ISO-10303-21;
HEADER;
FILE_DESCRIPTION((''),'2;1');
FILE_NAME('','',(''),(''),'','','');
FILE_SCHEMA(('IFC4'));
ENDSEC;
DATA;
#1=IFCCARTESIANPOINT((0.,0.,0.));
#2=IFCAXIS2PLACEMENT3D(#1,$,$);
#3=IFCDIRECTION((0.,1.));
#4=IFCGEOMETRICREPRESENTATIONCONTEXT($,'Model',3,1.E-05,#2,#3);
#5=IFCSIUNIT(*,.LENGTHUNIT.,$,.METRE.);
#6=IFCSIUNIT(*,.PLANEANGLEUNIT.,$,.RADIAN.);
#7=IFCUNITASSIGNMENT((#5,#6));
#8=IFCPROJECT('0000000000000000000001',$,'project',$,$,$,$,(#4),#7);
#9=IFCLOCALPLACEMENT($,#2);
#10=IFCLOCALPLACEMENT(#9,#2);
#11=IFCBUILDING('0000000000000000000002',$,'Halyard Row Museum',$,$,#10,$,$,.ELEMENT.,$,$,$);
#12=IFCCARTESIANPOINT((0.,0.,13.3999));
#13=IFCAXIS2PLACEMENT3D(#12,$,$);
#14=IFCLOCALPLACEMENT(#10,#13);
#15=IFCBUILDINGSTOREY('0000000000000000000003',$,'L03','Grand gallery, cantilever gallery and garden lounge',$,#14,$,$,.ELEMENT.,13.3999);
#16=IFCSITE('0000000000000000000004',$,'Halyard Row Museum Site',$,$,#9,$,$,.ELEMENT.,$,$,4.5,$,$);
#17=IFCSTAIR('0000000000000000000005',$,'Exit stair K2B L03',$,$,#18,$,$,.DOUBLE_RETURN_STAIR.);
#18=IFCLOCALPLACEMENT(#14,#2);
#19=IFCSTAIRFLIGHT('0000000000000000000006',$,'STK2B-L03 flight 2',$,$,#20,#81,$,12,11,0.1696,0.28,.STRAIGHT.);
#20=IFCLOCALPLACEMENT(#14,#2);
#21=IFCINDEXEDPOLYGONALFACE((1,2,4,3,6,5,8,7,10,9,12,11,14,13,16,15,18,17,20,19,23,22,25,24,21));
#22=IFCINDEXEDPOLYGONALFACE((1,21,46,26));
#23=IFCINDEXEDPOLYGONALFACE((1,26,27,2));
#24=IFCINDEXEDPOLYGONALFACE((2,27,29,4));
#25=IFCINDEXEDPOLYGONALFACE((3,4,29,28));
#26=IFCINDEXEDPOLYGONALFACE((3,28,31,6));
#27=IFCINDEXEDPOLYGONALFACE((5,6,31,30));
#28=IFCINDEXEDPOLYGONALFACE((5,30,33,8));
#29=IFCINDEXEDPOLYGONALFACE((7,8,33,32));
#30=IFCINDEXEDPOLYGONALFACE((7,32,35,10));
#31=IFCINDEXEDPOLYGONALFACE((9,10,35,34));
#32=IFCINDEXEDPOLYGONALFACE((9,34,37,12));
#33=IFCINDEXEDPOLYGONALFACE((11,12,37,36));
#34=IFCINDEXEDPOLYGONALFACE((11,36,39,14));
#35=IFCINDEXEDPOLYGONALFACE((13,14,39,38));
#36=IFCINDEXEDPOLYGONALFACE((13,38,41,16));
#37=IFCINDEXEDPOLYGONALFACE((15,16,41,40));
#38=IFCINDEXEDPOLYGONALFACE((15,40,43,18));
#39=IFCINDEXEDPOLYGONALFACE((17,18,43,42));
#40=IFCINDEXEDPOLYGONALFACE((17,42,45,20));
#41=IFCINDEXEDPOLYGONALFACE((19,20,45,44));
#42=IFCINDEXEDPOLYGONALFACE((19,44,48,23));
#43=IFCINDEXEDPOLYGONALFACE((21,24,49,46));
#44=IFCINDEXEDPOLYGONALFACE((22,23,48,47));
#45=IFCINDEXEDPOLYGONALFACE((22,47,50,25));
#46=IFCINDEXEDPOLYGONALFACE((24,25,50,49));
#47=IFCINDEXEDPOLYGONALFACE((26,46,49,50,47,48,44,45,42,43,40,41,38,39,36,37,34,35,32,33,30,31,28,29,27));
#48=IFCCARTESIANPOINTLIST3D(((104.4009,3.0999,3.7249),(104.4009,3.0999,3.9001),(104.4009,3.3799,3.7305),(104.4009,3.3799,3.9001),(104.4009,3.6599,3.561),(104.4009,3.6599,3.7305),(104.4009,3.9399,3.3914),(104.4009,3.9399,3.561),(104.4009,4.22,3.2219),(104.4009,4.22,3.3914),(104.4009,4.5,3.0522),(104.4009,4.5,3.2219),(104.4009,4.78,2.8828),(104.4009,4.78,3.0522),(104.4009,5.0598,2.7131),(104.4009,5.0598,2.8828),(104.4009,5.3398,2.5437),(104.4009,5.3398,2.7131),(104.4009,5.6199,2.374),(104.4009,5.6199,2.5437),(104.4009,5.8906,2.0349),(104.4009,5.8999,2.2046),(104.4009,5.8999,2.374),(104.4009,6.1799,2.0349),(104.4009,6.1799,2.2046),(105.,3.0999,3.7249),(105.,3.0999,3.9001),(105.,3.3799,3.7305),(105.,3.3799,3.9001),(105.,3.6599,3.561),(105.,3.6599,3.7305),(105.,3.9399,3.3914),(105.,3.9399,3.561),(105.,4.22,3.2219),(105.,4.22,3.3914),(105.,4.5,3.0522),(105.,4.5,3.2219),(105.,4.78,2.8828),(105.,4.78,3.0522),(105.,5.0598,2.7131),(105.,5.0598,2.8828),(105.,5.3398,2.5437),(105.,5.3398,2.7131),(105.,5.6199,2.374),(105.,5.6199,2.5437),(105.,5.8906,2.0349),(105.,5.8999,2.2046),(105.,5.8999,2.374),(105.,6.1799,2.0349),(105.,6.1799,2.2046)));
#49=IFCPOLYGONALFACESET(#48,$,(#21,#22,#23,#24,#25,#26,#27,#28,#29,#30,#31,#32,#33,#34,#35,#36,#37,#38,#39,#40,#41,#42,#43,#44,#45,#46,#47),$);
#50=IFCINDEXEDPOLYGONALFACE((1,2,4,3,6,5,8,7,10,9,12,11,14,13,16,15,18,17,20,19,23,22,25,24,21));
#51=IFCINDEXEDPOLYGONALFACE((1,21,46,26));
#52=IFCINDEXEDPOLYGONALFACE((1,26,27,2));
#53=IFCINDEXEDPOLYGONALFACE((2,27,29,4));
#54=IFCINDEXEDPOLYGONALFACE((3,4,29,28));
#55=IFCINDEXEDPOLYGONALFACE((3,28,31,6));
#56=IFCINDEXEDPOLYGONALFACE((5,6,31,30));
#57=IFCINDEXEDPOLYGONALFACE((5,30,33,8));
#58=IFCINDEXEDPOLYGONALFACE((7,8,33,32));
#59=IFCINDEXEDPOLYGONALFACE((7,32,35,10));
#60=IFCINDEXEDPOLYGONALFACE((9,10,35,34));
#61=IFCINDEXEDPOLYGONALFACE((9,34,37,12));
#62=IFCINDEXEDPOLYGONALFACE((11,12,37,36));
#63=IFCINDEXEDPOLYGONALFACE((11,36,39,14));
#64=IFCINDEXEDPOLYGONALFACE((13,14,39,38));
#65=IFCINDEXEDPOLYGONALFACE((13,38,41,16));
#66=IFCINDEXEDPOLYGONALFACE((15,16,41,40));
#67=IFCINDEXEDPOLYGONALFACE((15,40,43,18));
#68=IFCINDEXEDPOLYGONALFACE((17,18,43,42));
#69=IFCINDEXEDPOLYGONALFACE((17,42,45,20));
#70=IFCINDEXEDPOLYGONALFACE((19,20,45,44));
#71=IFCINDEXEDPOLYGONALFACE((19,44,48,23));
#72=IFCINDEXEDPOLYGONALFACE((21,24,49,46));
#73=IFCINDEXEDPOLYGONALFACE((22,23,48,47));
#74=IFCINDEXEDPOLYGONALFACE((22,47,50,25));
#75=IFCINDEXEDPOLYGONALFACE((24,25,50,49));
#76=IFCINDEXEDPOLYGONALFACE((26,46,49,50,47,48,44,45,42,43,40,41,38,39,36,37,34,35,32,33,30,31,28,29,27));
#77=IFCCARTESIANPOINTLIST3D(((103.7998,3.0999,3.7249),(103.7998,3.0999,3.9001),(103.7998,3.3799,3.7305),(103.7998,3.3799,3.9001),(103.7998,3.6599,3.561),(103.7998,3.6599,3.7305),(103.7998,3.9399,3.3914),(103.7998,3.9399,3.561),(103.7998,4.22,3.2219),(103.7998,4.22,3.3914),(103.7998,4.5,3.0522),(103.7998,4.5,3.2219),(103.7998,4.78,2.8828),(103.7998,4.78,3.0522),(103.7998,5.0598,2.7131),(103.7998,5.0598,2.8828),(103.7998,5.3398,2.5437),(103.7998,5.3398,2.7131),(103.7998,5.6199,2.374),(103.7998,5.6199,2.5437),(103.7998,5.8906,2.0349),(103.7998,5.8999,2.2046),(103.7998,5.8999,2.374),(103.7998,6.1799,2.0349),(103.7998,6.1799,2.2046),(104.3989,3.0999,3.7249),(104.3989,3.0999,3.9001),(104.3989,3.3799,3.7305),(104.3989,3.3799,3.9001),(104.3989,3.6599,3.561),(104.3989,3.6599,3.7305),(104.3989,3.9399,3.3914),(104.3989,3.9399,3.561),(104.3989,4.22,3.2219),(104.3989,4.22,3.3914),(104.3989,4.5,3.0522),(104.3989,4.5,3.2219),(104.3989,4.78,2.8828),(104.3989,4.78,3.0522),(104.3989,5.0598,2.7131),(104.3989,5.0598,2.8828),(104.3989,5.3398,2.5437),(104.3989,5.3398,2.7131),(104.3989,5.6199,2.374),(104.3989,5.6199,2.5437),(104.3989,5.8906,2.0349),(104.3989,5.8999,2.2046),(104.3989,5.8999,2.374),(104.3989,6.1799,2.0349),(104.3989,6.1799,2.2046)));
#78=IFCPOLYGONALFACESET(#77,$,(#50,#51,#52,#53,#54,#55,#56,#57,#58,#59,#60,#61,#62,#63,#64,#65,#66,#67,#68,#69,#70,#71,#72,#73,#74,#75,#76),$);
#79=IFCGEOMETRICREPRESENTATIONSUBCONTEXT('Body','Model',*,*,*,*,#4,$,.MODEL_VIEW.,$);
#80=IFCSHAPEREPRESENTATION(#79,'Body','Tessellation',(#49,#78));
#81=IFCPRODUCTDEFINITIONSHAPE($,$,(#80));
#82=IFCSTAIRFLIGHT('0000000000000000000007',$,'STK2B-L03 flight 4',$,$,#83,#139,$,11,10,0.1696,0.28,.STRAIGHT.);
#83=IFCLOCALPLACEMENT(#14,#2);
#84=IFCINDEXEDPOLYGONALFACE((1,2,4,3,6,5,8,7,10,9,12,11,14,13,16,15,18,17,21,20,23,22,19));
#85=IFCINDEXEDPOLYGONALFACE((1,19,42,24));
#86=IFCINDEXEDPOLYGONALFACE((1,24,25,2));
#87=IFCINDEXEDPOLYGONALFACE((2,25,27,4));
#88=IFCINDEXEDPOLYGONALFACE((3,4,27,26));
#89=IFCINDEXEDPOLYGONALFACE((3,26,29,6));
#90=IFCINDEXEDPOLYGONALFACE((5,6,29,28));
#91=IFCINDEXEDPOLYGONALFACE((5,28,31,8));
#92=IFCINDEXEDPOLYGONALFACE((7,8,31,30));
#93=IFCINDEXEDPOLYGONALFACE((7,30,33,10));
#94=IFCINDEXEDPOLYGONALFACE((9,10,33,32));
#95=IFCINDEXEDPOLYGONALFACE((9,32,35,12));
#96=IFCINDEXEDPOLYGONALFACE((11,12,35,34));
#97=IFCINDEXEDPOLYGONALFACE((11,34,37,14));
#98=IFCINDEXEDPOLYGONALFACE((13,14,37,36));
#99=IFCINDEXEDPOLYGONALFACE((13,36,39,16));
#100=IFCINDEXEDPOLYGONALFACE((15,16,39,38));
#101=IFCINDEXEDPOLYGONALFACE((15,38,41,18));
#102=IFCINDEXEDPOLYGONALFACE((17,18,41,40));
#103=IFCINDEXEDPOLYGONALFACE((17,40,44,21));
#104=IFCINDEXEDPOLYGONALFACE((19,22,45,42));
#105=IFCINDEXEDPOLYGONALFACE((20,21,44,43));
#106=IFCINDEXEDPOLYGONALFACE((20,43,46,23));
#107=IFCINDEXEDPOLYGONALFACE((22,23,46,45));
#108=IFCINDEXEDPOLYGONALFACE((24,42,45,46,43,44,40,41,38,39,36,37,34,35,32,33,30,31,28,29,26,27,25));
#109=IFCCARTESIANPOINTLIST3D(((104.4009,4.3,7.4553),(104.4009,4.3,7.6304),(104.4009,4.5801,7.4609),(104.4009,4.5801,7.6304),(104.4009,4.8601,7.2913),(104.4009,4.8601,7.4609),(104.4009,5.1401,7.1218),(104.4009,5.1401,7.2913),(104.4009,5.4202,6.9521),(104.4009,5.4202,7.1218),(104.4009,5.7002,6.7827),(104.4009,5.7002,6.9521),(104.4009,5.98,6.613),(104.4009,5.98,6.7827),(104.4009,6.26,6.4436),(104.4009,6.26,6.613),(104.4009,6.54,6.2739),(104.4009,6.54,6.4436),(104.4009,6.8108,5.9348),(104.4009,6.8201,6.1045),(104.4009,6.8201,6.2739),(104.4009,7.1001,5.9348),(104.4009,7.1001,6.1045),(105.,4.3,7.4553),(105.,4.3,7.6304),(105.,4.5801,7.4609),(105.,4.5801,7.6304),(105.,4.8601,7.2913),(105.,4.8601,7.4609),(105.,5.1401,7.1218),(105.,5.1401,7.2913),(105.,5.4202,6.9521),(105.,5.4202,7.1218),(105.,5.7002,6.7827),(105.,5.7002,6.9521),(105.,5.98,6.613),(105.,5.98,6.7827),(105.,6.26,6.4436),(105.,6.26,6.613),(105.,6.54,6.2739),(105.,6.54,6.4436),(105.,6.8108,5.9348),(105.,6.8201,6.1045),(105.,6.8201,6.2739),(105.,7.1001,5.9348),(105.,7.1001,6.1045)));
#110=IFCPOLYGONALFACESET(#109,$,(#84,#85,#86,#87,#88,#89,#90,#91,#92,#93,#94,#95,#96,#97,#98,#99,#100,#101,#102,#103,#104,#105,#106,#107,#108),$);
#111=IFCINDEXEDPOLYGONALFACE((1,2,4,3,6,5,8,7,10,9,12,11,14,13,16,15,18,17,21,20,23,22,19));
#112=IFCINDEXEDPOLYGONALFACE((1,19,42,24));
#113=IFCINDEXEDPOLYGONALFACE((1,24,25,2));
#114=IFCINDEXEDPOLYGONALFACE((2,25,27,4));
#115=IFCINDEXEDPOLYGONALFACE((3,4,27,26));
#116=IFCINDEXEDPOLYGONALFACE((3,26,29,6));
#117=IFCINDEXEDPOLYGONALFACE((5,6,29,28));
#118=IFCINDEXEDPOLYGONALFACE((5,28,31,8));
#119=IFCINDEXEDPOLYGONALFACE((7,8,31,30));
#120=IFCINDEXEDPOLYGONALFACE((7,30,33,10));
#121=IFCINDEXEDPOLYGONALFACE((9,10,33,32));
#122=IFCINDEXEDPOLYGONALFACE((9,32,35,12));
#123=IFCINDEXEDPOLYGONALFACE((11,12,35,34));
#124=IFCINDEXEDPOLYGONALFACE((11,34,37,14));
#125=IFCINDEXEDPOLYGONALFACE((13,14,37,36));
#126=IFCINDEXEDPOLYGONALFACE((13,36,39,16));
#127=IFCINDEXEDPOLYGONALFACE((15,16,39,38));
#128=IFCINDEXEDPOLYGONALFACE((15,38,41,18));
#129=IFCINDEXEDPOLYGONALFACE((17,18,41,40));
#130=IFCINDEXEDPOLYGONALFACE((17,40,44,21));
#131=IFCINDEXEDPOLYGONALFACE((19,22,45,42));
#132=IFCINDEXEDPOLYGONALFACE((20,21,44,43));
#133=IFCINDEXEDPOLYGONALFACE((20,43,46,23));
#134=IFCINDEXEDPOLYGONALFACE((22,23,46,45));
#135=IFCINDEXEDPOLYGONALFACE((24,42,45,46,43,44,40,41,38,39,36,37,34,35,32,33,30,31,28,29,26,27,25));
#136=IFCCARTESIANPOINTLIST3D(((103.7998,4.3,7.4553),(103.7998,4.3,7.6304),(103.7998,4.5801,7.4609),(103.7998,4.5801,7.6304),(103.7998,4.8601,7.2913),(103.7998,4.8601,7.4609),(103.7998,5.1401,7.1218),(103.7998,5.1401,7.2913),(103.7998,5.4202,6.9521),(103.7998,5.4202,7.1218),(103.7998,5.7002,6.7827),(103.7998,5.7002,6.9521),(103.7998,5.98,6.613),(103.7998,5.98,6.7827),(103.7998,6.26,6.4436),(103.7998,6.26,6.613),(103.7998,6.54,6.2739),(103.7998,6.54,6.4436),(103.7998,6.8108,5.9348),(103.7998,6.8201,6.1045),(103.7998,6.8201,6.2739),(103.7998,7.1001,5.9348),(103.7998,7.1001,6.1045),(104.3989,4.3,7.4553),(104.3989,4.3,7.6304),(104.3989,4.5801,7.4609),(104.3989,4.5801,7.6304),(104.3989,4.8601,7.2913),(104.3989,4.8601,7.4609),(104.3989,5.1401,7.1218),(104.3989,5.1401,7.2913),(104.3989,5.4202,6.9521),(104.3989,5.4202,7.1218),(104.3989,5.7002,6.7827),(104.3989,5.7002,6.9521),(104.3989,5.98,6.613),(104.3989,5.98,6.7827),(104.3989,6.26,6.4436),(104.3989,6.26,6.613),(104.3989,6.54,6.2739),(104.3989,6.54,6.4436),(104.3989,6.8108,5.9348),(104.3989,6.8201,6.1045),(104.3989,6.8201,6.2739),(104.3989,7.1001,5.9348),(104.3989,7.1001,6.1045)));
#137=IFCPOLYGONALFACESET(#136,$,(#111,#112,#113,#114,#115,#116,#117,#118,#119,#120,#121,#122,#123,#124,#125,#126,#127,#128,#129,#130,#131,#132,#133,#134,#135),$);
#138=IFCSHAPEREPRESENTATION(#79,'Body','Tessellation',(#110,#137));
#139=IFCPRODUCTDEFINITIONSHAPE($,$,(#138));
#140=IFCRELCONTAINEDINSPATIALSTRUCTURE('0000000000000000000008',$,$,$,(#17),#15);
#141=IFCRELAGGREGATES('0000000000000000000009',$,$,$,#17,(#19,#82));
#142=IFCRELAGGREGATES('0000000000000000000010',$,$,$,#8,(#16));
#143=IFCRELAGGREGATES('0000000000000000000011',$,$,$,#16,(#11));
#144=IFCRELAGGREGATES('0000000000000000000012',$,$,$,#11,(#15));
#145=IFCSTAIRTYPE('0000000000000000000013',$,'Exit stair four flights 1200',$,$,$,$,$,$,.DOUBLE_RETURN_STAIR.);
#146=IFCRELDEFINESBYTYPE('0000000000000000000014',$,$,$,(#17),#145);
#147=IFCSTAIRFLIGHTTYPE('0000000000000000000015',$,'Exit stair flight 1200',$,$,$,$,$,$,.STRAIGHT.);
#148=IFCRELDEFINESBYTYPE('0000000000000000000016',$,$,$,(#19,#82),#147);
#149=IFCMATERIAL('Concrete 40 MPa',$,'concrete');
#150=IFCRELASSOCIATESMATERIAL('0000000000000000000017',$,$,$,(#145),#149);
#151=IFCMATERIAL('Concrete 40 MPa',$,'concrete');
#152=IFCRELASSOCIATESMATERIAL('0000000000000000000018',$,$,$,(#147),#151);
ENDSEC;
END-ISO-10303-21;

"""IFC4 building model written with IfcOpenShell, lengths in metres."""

from ifc_helpers import new_model, si_unit, direction, frame, origin, place, context, subcontext, project, spatial, polyline, outline, extrude, material, type_object, element, aggregate, save


model = new_model("IFC4")

# Units and contexts
model_context = context("Model", 3, precision=1e-05, world=origin(), true_north=direction((0.0, 1.0)))
body_context = subcontext(model_context, "Body", "Model", "MODEL_VIEW")
ifc_project = project(units=[si_unit("LENGTHUNIT", "METRE"), si_unit("PLANEANGLEUNIT", "RADIAN")], contexts=[model_context])

# Site, building, storey
site_placement = place(None, origin())
site = spatial("IfcSite", under=ifc_project, at=site_placement, Name="Halyard Row Museum Site", CompositionType="ELEMENT", RefElevation=4.5)
building_placement = place(site_placement, origin())
building = spatial("IfcBuilding", under=site, at=building_placement, Name="Halyard Row Museum", CompositionType="ELEMENT")
storey_placement = place(building_placement, frame((0.0, 0.0, 13.3999)))
storey = spatial("IfcBuildingStorey", under=building, at=storey_placement, Name="L03", Description="Grand gallery, cantilever gallery and garden lounge", CompositionType="ELEMENT", Elevation=13.3999)

# Stair, stair flights
ifc_material_1 = material(Name="Concrete 40 MPa", Category="concrete")
stair_type = type_object("IfcStairType", Name="Exit stair four flights 1200", PredefinedType="DOUBLE_RETURN_STAIR", material=ifc_material_1)
stair_placement = place(storey_placement, origin())
stair = element("IfcStair", 1, at=stair_placement, inside=storey, type_object=stair_type, Name="Exit stair K2B L03", PredefinedType="DOUBLE_RETURN_STAIR")
ifc_material_2 = material(Name="Concrete 40 MPa", Category="concrete")
stair_flight_type = type_object("IfcStairFlightType", Name="Exit stair flight 1200", PredefinedType="STRAIGHT", material=ifc_material_2)
stair_flight_1_placement = place(storey_placement, frame((104.3999, 6.1799, 2.0349), z_axis=(0.0, 0.0, 1.0), x_axis=(0.0, -1.0, 0.0)))
stair_flight_1 = element("IfcStairFlight", 2, at=stair_flight_1_placement, type_object=stair_flight_type, Name="STK2B-L03 flight 2", NumberOfRisers=12, NumberOfTreads=11, PredefinedType="STRAIGHT", RiserHeight=0.1696, TreadLength=0.28, context=body_context, shape_type="SweptSolid", body=[
    extrude(outline(polyline([(0.0, 0.0), (0.0, 0.1697), (0.28, 0.1697), (0.28, 0.3391), (0.5601, 0.3391), (0.5601, 0.5088), (0.8401, 0.5088), (0.8401, 0.6782), (1.1201, 0.6782), (1.1201, 0.8479), (1.3999, 0.8479), (1.3999, 1.0173), (1.6799, 1.0173), (1.6799, 1.187), (1.96, 1.187), (1.96, 1.3564), (2.24, 1.3564), (2.24, 1.5261), (2.52, 1.5261), (2.52, 1.6956), (2.8, 1.6956), (2.8, 1.8652), (3.0801, 1.8652), (3.0801, 2.0347), (3.0801, 1.6899), (0.2893, 0.0), (0.0, 0.0)])), frame((0.0, 0.6001, 0.0), z_axis=(0.0, -1.0, 0.0), x_axis=(1.0, 0.0, 0.0)), (0.0, 0.0, 1.0), 0.5991),
    extrude(outline(polyline([(0.0, 0.0), (0.0, 0.1697), (0.28, 0.1697), (0.28, 0.3391), (0.5601, 0.3391), (0.5601, 0.5088), (0.8401, 0.5088), (0.8401, 0.6782), (1.1201, 0.6782), (1.1201, 0.8479), (1.3999, 0.8479), (1.3999, 1.0173), (1.6799, 1.0173), (1.6799, 1.187), (1.96, 1.187), (1.96, 1.3564), (2.24, 1.3564), (2.24, 1.5261), (2.52, 1.5261), (2.52, 1.6956), (2.8, 1.6956), (2.8, 1.8652), (3.0801, 1.8652), (3.0801, 2.0347), (3.0801, 1.6899), (0.2893, 0.0), (0.0, 0.0)])), frame((0.0, -0.001, 0.0), z_axis=(0.0, -1.0, 0.0), x_axis=(1.0, 0.0, 0.0)), (0.0, 0.0, 1.0), 0.5991),
])
stair_flight_2_placement = place(storey_placement, frame((104.3999, 7.1001, 5.9348), z_axis=(0.0, 0.0, 1.0), x_axis=(0.0, -1.0, 0.0)))
stair_flight_2 = element("IfcStairFlight", 3, at=stair_flight_2_placement, type_object=stair_flight_type, Name="STK2B-L03 flight 4", NumberOfRisers=11, NumberOfTreads=10, PredefinedType="STRAIGHT", RiserHeight=0.1696, TreadLength=0.28, context=body_context, shape_type="SweptSolid", body=[
    extrude(outline(polyline([(0.0, 0.0), (0.0, 0.1697), (0.28, 0.1697), (0.28, 0.3391), (0.5601, 0.3391), (0.5601, 0.5088), (0.8401, 0.5088), (0.8401, 0.6782), (1.1201, 0.6782), (1.1201, 0.8479), (1.3999, 0.8479), (1.3999, 1.0173), (1.6799, 1.0173), (1.6799, 1.187), (1.96, 1.187), (1.96, 1.3564), (2.24, 1.3564), (2.24, 1.5261), (2.52, 1.5261), (2.52, 1.6956), (2.8, 1.6956), (2.8, 1.8652), (2.8, 1.5205), (0.2893, 0.0), (0.0, 0.0)])), frame((0.0, 0.6001, 0.0), z_axis=(0.0, -1.0, 0.0), x_axis=(1.0, 0.0, 0.0)), (0.0, 0.0, 1.0), 0.5991),
    extrude(outline(polyline([(0.0, 0.0), (0.0, 0.1697), (0.28, 0.1697), (0.28, 0.3391), (0.5601, 0.3391), (0.5601, 0.5088), (0.8401, 0.5088), (0.8401, 0.6782), (1.1201, 0.6782), (1.1201, 0.8479), (1.3999, 0.8479), (1.3999, 1.0173), (1.6799, 1.0173), (1.6799, 1.187), (1.96, 1.187), (1.96, 1.3564), (2.24, 1.3564), (2.24, 1.5261), (2.52, 1.5261), (2.52, 1.6956), (2.8, 1.6956), (2.8, 1.8652), (2.8, 1.5205), (0.2893, 0.0), (0.0, 0.0)])), frame((0.0, -0.001, 0.0), z_axis=(0.0, -1.0, 0.0), x_axis=(1.0, 0.0, 0.0)), (0.0, 0.0, 1.0), 0.5991),
])
aggregate(stair, [stair_flight_1, stair_flight_2])

save(model, "model.ifc")
